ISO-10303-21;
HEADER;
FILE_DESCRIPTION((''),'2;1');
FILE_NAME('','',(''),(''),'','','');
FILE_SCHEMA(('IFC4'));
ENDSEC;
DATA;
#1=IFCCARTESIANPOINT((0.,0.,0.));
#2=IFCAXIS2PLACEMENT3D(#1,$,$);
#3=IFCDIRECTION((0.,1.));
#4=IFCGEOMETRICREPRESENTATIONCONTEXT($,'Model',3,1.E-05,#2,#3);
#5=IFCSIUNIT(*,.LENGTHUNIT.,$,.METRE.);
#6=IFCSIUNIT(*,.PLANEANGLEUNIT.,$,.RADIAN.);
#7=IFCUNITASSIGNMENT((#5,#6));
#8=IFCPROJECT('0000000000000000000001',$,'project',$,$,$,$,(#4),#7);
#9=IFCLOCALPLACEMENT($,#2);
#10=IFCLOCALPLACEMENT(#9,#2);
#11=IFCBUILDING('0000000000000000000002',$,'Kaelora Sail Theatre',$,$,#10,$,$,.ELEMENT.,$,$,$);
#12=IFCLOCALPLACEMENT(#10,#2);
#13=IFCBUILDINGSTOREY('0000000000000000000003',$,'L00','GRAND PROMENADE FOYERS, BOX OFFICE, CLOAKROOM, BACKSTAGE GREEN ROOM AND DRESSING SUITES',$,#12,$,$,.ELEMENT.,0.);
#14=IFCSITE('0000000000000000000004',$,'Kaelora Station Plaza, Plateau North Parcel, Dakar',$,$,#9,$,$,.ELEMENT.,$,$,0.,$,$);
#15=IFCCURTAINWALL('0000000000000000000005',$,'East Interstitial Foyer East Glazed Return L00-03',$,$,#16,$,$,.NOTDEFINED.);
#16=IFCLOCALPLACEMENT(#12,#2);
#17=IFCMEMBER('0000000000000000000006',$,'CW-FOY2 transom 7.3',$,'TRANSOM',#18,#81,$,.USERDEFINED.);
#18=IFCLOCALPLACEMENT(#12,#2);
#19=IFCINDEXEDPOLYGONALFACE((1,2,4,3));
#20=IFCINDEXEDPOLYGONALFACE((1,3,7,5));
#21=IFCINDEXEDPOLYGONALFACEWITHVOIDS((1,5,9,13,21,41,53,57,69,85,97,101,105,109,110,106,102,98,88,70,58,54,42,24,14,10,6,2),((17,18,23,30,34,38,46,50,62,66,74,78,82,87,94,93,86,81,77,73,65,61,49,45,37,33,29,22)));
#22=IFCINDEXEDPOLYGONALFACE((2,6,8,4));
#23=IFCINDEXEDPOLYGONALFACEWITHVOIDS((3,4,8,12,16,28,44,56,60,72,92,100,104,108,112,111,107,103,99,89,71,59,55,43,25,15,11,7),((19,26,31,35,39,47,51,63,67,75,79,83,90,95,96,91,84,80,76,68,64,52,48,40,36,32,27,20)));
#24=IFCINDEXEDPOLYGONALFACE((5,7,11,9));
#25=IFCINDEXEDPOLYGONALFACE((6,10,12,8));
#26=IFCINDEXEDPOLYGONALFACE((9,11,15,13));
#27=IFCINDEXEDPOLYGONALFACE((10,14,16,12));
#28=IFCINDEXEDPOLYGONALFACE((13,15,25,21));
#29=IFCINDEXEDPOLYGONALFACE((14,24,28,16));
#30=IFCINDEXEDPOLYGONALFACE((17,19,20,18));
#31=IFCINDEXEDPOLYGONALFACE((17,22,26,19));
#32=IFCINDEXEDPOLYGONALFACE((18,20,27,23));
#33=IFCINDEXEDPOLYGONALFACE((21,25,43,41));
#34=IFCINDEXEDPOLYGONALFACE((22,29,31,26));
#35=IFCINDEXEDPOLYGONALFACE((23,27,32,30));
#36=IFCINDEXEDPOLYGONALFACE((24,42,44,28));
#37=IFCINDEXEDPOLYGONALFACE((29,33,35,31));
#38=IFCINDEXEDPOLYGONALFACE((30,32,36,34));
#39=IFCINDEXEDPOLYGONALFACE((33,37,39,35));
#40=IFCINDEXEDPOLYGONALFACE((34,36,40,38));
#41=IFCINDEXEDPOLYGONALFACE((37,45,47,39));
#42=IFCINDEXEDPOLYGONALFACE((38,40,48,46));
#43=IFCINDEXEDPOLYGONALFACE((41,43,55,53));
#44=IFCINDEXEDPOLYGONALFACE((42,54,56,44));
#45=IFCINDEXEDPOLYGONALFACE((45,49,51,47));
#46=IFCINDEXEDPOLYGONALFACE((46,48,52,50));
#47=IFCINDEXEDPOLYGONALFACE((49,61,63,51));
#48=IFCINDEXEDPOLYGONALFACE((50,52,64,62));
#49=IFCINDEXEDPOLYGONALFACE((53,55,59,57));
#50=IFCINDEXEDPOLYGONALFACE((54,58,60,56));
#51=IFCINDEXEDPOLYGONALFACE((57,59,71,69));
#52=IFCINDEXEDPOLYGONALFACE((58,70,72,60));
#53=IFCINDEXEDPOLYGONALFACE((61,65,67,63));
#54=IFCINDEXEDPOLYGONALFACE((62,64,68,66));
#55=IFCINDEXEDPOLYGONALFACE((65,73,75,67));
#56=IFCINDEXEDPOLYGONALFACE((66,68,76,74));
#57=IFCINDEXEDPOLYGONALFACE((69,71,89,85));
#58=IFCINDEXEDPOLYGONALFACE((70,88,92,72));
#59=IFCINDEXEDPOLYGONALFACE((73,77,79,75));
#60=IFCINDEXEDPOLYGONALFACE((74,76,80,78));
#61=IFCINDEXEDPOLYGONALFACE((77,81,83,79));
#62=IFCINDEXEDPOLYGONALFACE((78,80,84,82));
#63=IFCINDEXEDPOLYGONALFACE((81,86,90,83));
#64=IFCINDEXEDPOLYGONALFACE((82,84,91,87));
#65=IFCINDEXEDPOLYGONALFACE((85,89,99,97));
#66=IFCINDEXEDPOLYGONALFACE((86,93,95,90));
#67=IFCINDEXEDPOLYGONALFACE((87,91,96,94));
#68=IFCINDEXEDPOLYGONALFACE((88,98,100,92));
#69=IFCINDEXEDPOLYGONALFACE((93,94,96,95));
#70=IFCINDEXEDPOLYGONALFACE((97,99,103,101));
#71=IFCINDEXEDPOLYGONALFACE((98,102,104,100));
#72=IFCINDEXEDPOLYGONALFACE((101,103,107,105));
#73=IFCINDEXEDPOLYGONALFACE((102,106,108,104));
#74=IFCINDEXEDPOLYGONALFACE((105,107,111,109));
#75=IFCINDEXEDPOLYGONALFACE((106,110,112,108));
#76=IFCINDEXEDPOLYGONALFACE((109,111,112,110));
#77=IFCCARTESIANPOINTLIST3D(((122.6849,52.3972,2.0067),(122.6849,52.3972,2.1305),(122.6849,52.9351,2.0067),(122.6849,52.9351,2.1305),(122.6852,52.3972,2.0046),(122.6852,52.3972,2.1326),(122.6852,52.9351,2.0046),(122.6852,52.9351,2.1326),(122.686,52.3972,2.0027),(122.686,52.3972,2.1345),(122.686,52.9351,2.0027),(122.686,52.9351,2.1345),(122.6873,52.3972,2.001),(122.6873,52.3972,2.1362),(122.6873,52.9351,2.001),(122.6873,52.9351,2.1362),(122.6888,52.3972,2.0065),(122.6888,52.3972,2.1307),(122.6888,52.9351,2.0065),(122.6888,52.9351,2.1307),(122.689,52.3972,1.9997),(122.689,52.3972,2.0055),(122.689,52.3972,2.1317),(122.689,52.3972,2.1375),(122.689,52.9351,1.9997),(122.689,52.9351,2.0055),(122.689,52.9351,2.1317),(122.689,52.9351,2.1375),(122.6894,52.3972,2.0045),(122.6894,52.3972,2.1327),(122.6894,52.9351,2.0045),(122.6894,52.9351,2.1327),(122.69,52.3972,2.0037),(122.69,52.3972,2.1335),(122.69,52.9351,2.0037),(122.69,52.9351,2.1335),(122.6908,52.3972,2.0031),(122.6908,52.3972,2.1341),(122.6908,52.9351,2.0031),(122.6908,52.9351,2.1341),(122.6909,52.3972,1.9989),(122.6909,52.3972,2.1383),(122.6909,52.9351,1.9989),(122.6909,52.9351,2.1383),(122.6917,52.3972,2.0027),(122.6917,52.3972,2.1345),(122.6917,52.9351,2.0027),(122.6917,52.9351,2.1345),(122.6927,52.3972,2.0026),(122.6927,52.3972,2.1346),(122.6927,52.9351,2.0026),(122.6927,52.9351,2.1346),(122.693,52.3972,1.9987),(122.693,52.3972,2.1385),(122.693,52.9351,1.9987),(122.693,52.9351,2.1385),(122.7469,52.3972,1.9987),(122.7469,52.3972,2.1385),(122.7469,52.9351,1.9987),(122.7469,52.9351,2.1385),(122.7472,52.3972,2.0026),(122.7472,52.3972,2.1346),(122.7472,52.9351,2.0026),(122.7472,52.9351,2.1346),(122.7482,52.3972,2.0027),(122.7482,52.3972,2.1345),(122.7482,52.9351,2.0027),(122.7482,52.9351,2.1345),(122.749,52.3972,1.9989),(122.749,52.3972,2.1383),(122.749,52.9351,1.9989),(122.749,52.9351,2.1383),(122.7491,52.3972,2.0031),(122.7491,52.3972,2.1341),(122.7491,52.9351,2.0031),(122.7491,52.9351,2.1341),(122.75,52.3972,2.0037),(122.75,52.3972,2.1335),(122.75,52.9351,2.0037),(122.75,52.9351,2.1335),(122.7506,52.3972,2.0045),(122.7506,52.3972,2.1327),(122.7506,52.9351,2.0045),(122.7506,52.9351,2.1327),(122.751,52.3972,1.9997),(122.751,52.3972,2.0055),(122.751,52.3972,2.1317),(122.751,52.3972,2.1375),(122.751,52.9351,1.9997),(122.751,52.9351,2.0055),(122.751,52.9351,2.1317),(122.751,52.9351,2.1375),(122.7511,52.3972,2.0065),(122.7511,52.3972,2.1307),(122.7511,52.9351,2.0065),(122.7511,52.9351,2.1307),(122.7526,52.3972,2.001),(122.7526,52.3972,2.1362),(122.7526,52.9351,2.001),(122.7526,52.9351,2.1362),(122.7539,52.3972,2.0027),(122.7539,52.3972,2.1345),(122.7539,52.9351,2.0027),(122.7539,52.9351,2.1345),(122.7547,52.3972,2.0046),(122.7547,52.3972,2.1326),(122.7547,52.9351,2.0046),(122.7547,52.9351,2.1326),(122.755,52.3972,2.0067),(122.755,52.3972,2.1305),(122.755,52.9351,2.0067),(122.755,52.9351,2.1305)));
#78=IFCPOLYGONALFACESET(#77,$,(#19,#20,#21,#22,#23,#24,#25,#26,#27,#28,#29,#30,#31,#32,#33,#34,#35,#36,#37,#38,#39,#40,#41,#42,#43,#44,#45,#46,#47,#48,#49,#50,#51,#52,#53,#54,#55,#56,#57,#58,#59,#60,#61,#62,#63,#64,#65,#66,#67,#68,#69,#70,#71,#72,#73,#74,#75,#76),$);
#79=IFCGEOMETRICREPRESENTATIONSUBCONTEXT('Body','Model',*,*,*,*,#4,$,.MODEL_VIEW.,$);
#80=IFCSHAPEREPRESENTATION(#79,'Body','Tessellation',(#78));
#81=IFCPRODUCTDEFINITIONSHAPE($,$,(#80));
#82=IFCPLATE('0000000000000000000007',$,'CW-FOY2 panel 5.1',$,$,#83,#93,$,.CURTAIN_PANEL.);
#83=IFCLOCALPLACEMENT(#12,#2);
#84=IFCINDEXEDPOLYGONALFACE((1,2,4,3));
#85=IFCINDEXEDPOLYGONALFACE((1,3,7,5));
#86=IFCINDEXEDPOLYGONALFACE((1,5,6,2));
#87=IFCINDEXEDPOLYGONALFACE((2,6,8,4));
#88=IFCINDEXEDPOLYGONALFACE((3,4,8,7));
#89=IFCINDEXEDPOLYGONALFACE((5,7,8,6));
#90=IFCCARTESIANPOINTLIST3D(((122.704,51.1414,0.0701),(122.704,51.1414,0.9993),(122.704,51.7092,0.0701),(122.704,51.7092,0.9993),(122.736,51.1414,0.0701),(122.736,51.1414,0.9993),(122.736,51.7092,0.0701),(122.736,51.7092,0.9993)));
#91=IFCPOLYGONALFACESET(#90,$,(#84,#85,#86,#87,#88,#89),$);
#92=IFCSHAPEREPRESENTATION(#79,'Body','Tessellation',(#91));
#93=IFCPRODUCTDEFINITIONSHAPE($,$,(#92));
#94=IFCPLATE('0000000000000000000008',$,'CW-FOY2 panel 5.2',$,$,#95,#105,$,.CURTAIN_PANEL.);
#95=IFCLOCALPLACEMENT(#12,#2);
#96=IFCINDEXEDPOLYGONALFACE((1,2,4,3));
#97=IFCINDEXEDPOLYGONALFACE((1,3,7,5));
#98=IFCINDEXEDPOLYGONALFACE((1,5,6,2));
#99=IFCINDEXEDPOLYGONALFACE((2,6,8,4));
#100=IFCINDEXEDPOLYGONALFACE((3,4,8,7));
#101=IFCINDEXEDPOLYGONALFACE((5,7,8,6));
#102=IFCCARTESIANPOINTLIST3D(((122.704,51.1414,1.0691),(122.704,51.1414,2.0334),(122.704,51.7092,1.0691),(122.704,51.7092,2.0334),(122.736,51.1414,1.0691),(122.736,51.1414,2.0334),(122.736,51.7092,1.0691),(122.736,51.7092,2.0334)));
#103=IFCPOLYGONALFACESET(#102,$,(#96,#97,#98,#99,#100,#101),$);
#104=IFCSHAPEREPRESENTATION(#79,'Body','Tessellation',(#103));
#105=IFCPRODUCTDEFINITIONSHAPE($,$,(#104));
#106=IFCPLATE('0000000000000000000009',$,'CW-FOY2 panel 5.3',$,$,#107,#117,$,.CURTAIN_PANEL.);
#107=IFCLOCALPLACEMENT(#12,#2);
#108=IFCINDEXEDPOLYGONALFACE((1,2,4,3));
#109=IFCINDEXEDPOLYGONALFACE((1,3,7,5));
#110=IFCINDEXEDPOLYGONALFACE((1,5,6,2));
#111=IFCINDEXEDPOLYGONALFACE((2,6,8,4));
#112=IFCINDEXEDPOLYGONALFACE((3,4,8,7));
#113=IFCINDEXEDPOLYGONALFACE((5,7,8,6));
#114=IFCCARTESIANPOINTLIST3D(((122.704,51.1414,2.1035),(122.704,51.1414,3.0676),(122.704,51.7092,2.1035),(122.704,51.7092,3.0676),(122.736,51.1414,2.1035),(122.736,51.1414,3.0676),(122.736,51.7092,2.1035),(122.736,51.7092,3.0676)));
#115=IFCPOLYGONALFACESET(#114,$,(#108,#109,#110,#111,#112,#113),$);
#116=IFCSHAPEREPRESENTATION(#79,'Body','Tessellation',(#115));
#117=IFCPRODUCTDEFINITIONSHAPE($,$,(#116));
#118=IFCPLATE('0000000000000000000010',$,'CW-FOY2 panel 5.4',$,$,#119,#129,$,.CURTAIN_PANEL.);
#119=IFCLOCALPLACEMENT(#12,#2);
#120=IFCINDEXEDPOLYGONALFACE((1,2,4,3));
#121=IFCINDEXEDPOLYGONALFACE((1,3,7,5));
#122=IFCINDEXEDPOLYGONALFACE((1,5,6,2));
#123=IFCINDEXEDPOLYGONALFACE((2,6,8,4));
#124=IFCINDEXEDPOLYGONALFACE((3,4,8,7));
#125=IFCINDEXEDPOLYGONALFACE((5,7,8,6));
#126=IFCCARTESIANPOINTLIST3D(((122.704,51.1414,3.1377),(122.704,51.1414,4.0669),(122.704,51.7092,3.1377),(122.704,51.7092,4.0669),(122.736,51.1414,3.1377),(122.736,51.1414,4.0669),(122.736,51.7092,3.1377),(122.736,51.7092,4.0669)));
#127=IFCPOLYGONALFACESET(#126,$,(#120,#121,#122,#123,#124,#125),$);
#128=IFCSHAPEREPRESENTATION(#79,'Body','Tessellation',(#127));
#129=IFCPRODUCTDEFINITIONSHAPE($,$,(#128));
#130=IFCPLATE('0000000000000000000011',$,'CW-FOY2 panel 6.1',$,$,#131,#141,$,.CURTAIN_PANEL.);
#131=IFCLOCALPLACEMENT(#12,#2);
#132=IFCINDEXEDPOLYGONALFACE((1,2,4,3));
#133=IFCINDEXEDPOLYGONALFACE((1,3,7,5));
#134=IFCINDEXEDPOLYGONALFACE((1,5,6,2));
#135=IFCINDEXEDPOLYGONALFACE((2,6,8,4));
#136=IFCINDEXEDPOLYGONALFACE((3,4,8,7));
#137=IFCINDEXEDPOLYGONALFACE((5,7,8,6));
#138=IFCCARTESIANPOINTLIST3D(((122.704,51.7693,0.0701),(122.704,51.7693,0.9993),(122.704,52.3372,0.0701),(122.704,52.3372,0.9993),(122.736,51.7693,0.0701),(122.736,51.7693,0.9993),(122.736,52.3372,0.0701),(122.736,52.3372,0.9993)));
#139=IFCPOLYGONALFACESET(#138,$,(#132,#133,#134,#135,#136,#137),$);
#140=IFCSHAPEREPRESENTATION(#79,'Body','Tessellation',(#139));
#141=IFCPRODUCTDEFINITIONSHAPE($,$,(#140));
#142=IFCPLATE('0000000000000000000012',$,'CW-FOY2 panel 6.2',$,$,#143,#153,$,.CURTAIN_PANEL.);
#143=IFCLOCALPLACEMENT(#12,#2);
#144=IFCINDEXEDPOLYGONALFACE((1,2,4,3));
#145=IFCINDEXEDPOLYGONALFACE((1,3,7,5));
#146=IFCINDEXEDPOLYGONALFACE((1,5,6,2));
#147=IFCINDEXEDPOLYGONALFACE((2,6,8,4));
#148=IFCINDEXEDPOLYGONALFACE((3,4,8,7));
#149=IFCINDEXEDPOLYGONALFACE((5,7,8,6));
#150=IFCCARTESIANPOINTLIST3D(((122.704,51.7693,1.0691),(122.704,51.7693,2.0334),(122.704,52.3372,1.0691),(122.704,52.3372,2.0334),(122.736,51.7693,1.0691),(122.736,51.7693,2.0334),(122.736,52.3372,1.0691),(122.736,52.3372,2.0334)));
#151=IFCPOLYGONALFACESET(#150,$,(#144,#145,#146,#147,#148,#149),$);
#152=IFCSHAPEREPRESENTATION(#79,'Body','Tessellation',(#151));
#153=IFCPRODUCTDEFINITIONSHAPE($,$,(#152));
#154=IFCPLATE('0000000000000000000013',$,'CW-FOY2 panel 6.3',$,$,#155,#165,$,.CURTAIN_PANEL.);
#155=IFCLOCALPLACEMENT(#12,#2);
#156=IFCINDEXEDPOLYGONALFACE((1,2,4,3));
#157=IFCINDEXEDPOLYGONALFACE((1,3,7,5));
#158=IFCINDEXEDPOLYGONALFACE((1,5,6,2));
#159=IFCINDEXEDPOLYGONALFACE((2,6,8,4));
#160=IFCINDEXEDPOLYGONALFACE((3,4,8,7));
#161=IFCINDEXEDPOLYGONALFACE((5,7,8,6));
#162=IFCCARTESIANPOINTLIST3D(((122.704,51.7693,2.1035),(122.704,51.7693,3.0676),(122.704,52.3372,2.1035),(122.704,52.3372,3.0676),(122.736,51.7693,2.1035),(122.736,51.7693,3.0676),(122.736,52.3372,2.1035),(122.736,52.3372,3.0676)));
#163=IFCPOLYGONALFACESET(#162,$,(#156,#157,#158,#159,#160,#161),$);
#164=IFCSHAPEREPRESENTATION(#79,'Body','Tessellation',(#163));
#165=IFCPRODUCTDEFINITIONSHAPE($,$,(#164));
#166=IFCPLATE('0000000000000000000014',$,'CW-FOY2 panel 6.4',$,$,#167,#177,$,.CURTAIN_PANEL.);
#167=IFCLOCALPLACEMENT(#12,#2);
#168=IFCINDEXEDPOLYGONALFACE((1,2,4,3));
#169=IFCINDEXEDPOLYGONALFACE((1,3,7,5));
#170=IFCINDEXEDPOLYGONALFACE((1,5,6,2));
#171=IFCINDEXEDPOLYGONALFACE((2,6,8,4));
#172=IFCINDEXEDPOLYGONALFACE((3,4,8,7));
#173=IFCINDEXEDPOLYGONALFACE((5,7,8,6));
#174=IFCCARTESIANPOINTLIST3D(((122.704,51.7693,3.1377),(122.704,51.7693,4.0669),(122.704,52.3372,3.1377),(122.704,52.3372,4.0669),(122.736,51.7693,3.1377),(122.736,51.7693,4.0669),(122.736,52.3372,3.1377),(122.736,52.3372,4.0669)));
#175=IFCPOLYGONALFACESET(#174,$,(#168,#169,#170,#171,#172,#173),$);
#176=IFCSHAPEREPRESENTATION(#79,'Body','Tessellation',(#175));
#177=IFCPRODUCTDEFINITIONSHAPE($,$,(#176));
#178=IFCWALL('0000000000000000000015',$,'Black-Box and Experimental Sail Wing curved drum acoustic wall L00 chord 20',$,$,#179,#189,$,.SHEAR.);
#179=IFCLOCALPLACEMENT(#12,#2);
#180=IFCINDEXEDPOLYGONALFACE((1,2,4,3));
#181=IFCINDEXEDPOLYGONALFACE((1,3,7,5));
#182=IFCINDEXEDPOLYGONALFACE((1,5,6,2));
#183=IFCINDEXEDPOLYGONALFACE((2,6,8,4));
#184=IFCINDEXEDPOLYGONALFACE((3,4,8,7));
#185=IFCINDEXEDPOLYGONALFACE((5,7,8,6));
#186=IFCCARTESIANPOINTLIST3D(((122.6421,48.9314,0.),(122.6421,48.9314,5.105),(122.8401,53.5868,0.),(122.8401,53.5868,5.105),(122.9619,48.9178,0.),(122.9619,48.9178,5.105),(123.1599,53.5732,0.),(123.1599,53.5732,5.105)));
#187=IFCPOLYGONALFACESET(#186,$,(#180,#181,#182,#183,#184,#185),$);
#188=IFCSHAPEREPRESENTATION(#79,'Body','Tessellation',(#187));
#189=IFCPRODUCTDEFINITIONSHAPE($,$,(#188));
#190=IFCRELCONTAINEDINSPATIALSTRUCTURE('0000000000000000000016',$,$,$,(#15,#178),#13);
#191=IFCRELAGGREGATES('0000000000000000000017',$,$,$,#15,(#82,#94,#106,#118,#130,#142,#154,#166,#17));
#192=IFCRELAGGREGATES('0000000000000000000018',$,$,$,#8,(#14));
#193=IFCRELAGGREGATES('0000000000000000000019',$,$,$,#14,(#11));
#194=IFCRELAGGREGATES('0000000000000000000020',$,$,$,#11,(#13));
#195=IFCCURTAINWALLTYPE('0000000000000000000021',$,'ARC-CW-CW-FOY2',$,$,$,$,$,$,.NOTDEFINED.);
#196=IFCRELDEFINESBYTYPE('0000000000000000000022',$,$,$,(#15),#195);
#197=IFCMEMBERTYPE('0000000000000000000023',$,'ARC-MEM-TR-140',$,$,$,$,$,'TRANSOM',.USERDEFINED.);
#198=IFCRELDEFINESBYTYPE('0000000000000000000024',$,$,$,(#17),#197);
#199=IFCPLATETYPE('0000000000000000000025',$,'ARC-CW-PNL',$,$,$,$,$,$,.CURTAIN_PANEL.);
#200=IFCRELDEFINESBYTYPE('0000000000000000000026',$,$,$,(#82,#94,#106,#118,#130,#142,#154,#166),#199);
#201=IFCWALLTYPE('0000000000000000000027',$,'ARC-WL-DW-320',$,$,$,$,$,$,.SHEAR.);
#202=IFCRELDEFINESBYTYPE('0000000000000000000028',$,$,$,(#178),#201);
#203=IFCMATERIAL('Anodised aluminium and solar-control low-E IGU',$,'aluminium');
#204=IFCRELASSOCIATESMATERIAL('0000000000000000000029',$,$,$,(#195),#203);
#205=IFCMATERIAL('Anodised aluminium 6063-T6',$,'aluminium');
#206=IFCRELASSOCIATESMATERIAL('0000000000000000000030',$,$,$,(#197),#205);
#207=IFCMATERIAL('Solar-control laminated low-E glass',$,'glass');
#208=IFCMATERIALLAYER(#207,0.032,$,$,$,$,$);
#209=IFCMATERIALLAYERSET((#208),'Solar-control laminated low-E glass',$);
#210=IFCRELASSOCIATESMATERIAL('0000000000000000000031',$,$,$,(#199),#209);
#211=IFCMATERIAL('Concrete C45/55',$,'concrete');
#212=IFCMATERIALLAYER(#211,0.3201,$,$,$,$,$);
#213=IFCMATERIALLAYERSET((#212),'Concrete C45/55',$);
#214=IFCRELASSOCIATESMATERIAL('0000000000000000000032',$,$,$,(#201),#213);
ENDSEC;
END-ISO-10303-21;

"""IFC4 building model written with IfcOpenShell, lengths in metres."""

from ifc_helpers import new_model, si_unit, direction, frame, frame_2d, origin, origin_2d, place, context, subcontext, project, spatial, rectangle, hollow_rectangle, extrude, material, layer, layer_set, material_profile, profile_set, type_object, element, aggregate, save


model = new_model("IFC4")

# Units and contexts
model_context = context("Model", 3, precision=1e-05, world=origin(), true_north=direction((0.0, 1.0)))
body_context = subcontext(model_context, "Body", "Model", "MODEL_VIEW")
ifc_project = project(units=[si_unit("LENGTHUNIT", "METRE"), si_unit("PLANEANGLEUNIT", "RADIAN")], contexts=[model_context])

# Site, building, storey
site_placement = place(None, origin())
site = spatial("IfcSite", under=ifc_project, at=site_placement, Name="Kaelora Station Plaza, Plateau North Parcel, Dakar", CompositionType="ELEMENT", RefElevation=0.0)
building_placement = place(site_placement, origin())
building = spatial("IfcBuilding", under=site, at=building_placement, Name="Kaelora Sail Theatre", CompositionType="ELEMENT")
storey_placement = place(building_placement, origin())
storey = spatial("IfcBuildingStorey", under=building, at=storey_placement, Name="L00", Description="GRAND PROMENADE FOYERS, BOX OFFICE, CLOAKROOM, BACKSTAGE GREEN ROOM AND DRESSING SUITES", CompositionType="ELEMENT", Elevation=0.0)

# Curtain wall, member, plates
ifc_material_1 = material(Name="Anodised aluminium and solar-control low-E IGU", Category="aluminium")
curtain_wall_type = type_object("IfcCurtainWallType", Name="ARC-CW-CW-FOY2", PredefinedType="NOTDEFINED", material=ifc_material_1)
curtain_wall_placement = place(storey_placement, origin())
curtain_wall = element("IfcCurtainWall", 1, at=curtain_wall_placement, inside=storey, type_object=curtain_wall_type, Name="East Interstitial Foyer East Glazed Return L00-03", PredefinedType="NOTDEFINED")
ifc_material_2 = material(Name="Anodised aluminium 6063-T6", Category="aluminium")
ifc_material_profile_1 = material_profile(ifc_material_2, hollow_rectangle(XDim=0.0701, YDim=0.1399, WallThickness=0.0039, InnerFilletRadius=0.0039, OuterFilletRadius=0.0081, at=origin_2d()), Name="ALU-TRAN 70x140x4")
ifc_profile_set_1 = profile_set([ifc_material_profile_1], Name="Anodised aluminium 6063-T6")
member_type_1 = type_object("IfcMemberType", Name="ARC-MEM-TR-140", ElementType="TRANSOM", PredefinedType="USERDEFINED", material=ifc_profile_set_1)
member_1_placement = place(storey_placement, frame((122.72, 52.3972, 2.0686), z_axis=(0.0, 1.0, 0.0), x_axis=(-1.0, 0.0, 0.0)))
member_1 = element("IfcMember", 2, at=member_1_placement, type_object=member_type_1, Name="CW-FOY2 transom 7.3", ObjectType="TRANSOM", PredefinedType="USERDEFINED", context=body_context, shape_type="SweptSolid", body=[
    extrude(hollow_rectangle(XDim=0.0701, YDim=0.1399, WallThickness=0.0039, InnerFilletRadius=0.0039, OuterFilletRadius=0.0081, at=origin_2d()), origin(), (0.0, 0.0, 1.0), 0.5378),
])
ifc_material_3 = material(Name="Solar-control laminated low-E glass", Category="glass")
ifc_layer_1 = layer(ifc_material_3, 0.032)
ifc_layer_set_1 = layer_set([ifc_layer_1], Name="Solar-control laminated low-E glass")
plate_type = type_object("IfcPlateType", Name="ARC-CW-PNL", PredefinedType="CURTAIN_PANEL", material=ifc_layer_set_1)
plate_1_placement = place(storey_placement, frame((122.72, 51.4253, 0.0701), z_axis=(0.0, 0.0, 1.0), x_axis=(0.0, 1.0, 0.0)))
plate_1 = element("IfcPlate", 3, at=plate_1_placement, type_object=plate_type, Name="CW-FOY2 panel 5.1", PredefinedType="CURTAIN_PANEL", context=body_context, shape_type="SweptSolid", body=[
    extrude(rectangle(XDim=0.5679, YDim=0.032, at=origin_2d()), origin(), (0.0, 0.0, 1.0), 0.9292),
])
plate_2_placement = place(storey_placement, frame((122.72, 51.4253, 1.0691), z_axis=(0.0, 0.0, 1.0), x_axis=(0.0, 1.0, 0.0)))
plate_2 = element("IfcPlate", 4, at=plate_2_placement, type_object=plate_type, Name="CW-FOY2 panel 5.2", PredefinedType="CURTAIN_PANEL", context=body_context, shape_type="SweptSolid", body=[
    extrude(rectangle(XDim=0.5679, YDim=0.032, at=origin_2d()), origin(), (0.0, 0.0, 1.0), 0.9644),
])
plate_3_placement = place(storey_placement, frame((122.72, 51.4253, 2.1035), z_axis=(0.0, 0.0, 1.0), x_axis=(0.0, 1.0, 0.0)))
plate_3 = element("IfcPlate", 5, at=plate_3_placement, type_object=plate_type, Name="CW-FOY2 panel 5.3", PredefinedType="CURTAIN_PANEL", context=body_context, shape_type="SweptSolid", body=[
    extrude(rectangle(XDim=0.5679, YDim=0.032, at=origin_2d()), origin(), (0.0, 0.0, 1.0), 0.9641),
])
plate_4_placement = place(storey_placement, frame((122.72, 51.4253, 3.1377), z_axis=(0.0, 0.0, 1.0), x_axis=(0.0, 1.0, 0.0)))
plate_4 = element("IfcPlate", 6, at=plate_4_placement, type_object=plate_type, Name="CW-FOY2 panel 5.4", PredefinedType="CURTAIN_PANEL", context=body_context, shape_type="SweptSolid", body=[
    extrude(rectangle(XDim=0.5679, YDim=0.032, at=origin_2d()), origin(), (0.0, 0.0, 1.0), 0.9292),
])
plate_5_placement = place(storey_placement, frame((122.72, 52.0532, 0.0701), z_axis=(0.0, 0.0, 1.0), x_axis=(0.0, 1.0, 0.0)))
plate_5 = element("IfcPlate", 7, at=plate_5_placement, type_object=plate_type, Name="CW-FOY2 panel 6.1", PredefinedType="CURTAIN_PANEL", context=body_context, shape_type="SweptSolid", body=[
    extrude(rectangle(XDim=0.5679, YDim=0.032, at=origin_2d()), origin(), (0.0, 0.0, 1.0), 0.9292),
])
plate_6_placement = place(storey_placement, frame((122.72, 52.0532, 1.0691), z_axis=(0.0, 0.0, 1.0), x_axis=(0.0, 1.0, 0.0)))
plate_6 = element("IfcPlate", 8, at=plate_6_placement, type_object=plate_type, Name="CW-FOY2 panel 6.2", PredefinedType="CURTAIN_PANEL", context=body_context, shape_type="SweptSolid", body=[
    extrude(rectangle(XDim=0.5679, YDim=0.032, at=origin_2d()), origin(), (0.0, 0.0, 1.0), 0.9644),
])
plate_7_placement = place(storey_placement, frame((122.72, 52.0532, 2.1035), z_axis=(0.0, 0.0, 1.0), x_axis=(0.0, 1.0, 0.0)))
plate_7 = element("IfcPlate", 9, at=plate_7_placement, type_object=plate_type, Name="CW-FOY2 panel 6.3", PredefinedType="CURTAIN_PANEL", context=body_context, shape_type="SweptSolid", body=[
    extrude(rectangle(XDim=0.5679, YDim=0.032, at=origin_2d()), origin(), (0.0, 0.0, 1.0), 0.9641),
])
plate_8_placement = place(storey_placement, frame((122.72, 52.0532, 3.1377), z_axis=(0.0, 0.0, 1.0), x_axis=(0.0, 1.0, 0.0)))
plate_8 = element("IfcPlate", 10, at=plate_8_placement, type_object=plate_type, Name="CW-FOY2 panel 6.4", PredefinedType="CURTAIN_PANEL", context=body_context, shape_type="SweptSolid", body=[
    extrude(rectangle(XDim=0.5679, YDim=0.032, at=origin_2d()), origin(), (0.0, 0.0, 1.0), 0.9292),
])
aggregate(curtain_wall, [plate_1, plate_2, plate_3, plate_4, plate_5, plate_6, plate_7, plate_8, member_1])

# Wall
ifc_material_4 = material(Name="Concrete C45/55", Category="concrete")
ifc_layer_2 = layer(ifc_material_4, 0.3201)
ifc_layer_set_2 = layer_set([ifc_layer_2], Name="Concrete C45/55")
wall_type = type_object("IfcWallType", Name="ARC-WL-DW-320", PredefinedType="SHEAR", material=ifc_layer_set_2)
wall_placement = place(storey_placement, frame((122.802, 48.9246, 0.0), z_axis=(0.0, 0.0, 1.0), x_axis=(0.042491, 0.999097, 0.0)))
element("IfcWall", 11, at=wall_placement, inside=storey, type_object=wall_type, Name="Black-Box and Experimental Sail Wing curved drum acoustic wall L00 chord 20", PredefinedType="SHEAR", context=body_context, shape_type="SweptSolid", body=[
    extrude(rectangle(XDim=4.6597, YDim=0.3201, at=frame_2d((2.3298, 0.0))), origin(), (0.0, 0.0, 1.0), 5.105),
])

save(model, "model.ifc")
